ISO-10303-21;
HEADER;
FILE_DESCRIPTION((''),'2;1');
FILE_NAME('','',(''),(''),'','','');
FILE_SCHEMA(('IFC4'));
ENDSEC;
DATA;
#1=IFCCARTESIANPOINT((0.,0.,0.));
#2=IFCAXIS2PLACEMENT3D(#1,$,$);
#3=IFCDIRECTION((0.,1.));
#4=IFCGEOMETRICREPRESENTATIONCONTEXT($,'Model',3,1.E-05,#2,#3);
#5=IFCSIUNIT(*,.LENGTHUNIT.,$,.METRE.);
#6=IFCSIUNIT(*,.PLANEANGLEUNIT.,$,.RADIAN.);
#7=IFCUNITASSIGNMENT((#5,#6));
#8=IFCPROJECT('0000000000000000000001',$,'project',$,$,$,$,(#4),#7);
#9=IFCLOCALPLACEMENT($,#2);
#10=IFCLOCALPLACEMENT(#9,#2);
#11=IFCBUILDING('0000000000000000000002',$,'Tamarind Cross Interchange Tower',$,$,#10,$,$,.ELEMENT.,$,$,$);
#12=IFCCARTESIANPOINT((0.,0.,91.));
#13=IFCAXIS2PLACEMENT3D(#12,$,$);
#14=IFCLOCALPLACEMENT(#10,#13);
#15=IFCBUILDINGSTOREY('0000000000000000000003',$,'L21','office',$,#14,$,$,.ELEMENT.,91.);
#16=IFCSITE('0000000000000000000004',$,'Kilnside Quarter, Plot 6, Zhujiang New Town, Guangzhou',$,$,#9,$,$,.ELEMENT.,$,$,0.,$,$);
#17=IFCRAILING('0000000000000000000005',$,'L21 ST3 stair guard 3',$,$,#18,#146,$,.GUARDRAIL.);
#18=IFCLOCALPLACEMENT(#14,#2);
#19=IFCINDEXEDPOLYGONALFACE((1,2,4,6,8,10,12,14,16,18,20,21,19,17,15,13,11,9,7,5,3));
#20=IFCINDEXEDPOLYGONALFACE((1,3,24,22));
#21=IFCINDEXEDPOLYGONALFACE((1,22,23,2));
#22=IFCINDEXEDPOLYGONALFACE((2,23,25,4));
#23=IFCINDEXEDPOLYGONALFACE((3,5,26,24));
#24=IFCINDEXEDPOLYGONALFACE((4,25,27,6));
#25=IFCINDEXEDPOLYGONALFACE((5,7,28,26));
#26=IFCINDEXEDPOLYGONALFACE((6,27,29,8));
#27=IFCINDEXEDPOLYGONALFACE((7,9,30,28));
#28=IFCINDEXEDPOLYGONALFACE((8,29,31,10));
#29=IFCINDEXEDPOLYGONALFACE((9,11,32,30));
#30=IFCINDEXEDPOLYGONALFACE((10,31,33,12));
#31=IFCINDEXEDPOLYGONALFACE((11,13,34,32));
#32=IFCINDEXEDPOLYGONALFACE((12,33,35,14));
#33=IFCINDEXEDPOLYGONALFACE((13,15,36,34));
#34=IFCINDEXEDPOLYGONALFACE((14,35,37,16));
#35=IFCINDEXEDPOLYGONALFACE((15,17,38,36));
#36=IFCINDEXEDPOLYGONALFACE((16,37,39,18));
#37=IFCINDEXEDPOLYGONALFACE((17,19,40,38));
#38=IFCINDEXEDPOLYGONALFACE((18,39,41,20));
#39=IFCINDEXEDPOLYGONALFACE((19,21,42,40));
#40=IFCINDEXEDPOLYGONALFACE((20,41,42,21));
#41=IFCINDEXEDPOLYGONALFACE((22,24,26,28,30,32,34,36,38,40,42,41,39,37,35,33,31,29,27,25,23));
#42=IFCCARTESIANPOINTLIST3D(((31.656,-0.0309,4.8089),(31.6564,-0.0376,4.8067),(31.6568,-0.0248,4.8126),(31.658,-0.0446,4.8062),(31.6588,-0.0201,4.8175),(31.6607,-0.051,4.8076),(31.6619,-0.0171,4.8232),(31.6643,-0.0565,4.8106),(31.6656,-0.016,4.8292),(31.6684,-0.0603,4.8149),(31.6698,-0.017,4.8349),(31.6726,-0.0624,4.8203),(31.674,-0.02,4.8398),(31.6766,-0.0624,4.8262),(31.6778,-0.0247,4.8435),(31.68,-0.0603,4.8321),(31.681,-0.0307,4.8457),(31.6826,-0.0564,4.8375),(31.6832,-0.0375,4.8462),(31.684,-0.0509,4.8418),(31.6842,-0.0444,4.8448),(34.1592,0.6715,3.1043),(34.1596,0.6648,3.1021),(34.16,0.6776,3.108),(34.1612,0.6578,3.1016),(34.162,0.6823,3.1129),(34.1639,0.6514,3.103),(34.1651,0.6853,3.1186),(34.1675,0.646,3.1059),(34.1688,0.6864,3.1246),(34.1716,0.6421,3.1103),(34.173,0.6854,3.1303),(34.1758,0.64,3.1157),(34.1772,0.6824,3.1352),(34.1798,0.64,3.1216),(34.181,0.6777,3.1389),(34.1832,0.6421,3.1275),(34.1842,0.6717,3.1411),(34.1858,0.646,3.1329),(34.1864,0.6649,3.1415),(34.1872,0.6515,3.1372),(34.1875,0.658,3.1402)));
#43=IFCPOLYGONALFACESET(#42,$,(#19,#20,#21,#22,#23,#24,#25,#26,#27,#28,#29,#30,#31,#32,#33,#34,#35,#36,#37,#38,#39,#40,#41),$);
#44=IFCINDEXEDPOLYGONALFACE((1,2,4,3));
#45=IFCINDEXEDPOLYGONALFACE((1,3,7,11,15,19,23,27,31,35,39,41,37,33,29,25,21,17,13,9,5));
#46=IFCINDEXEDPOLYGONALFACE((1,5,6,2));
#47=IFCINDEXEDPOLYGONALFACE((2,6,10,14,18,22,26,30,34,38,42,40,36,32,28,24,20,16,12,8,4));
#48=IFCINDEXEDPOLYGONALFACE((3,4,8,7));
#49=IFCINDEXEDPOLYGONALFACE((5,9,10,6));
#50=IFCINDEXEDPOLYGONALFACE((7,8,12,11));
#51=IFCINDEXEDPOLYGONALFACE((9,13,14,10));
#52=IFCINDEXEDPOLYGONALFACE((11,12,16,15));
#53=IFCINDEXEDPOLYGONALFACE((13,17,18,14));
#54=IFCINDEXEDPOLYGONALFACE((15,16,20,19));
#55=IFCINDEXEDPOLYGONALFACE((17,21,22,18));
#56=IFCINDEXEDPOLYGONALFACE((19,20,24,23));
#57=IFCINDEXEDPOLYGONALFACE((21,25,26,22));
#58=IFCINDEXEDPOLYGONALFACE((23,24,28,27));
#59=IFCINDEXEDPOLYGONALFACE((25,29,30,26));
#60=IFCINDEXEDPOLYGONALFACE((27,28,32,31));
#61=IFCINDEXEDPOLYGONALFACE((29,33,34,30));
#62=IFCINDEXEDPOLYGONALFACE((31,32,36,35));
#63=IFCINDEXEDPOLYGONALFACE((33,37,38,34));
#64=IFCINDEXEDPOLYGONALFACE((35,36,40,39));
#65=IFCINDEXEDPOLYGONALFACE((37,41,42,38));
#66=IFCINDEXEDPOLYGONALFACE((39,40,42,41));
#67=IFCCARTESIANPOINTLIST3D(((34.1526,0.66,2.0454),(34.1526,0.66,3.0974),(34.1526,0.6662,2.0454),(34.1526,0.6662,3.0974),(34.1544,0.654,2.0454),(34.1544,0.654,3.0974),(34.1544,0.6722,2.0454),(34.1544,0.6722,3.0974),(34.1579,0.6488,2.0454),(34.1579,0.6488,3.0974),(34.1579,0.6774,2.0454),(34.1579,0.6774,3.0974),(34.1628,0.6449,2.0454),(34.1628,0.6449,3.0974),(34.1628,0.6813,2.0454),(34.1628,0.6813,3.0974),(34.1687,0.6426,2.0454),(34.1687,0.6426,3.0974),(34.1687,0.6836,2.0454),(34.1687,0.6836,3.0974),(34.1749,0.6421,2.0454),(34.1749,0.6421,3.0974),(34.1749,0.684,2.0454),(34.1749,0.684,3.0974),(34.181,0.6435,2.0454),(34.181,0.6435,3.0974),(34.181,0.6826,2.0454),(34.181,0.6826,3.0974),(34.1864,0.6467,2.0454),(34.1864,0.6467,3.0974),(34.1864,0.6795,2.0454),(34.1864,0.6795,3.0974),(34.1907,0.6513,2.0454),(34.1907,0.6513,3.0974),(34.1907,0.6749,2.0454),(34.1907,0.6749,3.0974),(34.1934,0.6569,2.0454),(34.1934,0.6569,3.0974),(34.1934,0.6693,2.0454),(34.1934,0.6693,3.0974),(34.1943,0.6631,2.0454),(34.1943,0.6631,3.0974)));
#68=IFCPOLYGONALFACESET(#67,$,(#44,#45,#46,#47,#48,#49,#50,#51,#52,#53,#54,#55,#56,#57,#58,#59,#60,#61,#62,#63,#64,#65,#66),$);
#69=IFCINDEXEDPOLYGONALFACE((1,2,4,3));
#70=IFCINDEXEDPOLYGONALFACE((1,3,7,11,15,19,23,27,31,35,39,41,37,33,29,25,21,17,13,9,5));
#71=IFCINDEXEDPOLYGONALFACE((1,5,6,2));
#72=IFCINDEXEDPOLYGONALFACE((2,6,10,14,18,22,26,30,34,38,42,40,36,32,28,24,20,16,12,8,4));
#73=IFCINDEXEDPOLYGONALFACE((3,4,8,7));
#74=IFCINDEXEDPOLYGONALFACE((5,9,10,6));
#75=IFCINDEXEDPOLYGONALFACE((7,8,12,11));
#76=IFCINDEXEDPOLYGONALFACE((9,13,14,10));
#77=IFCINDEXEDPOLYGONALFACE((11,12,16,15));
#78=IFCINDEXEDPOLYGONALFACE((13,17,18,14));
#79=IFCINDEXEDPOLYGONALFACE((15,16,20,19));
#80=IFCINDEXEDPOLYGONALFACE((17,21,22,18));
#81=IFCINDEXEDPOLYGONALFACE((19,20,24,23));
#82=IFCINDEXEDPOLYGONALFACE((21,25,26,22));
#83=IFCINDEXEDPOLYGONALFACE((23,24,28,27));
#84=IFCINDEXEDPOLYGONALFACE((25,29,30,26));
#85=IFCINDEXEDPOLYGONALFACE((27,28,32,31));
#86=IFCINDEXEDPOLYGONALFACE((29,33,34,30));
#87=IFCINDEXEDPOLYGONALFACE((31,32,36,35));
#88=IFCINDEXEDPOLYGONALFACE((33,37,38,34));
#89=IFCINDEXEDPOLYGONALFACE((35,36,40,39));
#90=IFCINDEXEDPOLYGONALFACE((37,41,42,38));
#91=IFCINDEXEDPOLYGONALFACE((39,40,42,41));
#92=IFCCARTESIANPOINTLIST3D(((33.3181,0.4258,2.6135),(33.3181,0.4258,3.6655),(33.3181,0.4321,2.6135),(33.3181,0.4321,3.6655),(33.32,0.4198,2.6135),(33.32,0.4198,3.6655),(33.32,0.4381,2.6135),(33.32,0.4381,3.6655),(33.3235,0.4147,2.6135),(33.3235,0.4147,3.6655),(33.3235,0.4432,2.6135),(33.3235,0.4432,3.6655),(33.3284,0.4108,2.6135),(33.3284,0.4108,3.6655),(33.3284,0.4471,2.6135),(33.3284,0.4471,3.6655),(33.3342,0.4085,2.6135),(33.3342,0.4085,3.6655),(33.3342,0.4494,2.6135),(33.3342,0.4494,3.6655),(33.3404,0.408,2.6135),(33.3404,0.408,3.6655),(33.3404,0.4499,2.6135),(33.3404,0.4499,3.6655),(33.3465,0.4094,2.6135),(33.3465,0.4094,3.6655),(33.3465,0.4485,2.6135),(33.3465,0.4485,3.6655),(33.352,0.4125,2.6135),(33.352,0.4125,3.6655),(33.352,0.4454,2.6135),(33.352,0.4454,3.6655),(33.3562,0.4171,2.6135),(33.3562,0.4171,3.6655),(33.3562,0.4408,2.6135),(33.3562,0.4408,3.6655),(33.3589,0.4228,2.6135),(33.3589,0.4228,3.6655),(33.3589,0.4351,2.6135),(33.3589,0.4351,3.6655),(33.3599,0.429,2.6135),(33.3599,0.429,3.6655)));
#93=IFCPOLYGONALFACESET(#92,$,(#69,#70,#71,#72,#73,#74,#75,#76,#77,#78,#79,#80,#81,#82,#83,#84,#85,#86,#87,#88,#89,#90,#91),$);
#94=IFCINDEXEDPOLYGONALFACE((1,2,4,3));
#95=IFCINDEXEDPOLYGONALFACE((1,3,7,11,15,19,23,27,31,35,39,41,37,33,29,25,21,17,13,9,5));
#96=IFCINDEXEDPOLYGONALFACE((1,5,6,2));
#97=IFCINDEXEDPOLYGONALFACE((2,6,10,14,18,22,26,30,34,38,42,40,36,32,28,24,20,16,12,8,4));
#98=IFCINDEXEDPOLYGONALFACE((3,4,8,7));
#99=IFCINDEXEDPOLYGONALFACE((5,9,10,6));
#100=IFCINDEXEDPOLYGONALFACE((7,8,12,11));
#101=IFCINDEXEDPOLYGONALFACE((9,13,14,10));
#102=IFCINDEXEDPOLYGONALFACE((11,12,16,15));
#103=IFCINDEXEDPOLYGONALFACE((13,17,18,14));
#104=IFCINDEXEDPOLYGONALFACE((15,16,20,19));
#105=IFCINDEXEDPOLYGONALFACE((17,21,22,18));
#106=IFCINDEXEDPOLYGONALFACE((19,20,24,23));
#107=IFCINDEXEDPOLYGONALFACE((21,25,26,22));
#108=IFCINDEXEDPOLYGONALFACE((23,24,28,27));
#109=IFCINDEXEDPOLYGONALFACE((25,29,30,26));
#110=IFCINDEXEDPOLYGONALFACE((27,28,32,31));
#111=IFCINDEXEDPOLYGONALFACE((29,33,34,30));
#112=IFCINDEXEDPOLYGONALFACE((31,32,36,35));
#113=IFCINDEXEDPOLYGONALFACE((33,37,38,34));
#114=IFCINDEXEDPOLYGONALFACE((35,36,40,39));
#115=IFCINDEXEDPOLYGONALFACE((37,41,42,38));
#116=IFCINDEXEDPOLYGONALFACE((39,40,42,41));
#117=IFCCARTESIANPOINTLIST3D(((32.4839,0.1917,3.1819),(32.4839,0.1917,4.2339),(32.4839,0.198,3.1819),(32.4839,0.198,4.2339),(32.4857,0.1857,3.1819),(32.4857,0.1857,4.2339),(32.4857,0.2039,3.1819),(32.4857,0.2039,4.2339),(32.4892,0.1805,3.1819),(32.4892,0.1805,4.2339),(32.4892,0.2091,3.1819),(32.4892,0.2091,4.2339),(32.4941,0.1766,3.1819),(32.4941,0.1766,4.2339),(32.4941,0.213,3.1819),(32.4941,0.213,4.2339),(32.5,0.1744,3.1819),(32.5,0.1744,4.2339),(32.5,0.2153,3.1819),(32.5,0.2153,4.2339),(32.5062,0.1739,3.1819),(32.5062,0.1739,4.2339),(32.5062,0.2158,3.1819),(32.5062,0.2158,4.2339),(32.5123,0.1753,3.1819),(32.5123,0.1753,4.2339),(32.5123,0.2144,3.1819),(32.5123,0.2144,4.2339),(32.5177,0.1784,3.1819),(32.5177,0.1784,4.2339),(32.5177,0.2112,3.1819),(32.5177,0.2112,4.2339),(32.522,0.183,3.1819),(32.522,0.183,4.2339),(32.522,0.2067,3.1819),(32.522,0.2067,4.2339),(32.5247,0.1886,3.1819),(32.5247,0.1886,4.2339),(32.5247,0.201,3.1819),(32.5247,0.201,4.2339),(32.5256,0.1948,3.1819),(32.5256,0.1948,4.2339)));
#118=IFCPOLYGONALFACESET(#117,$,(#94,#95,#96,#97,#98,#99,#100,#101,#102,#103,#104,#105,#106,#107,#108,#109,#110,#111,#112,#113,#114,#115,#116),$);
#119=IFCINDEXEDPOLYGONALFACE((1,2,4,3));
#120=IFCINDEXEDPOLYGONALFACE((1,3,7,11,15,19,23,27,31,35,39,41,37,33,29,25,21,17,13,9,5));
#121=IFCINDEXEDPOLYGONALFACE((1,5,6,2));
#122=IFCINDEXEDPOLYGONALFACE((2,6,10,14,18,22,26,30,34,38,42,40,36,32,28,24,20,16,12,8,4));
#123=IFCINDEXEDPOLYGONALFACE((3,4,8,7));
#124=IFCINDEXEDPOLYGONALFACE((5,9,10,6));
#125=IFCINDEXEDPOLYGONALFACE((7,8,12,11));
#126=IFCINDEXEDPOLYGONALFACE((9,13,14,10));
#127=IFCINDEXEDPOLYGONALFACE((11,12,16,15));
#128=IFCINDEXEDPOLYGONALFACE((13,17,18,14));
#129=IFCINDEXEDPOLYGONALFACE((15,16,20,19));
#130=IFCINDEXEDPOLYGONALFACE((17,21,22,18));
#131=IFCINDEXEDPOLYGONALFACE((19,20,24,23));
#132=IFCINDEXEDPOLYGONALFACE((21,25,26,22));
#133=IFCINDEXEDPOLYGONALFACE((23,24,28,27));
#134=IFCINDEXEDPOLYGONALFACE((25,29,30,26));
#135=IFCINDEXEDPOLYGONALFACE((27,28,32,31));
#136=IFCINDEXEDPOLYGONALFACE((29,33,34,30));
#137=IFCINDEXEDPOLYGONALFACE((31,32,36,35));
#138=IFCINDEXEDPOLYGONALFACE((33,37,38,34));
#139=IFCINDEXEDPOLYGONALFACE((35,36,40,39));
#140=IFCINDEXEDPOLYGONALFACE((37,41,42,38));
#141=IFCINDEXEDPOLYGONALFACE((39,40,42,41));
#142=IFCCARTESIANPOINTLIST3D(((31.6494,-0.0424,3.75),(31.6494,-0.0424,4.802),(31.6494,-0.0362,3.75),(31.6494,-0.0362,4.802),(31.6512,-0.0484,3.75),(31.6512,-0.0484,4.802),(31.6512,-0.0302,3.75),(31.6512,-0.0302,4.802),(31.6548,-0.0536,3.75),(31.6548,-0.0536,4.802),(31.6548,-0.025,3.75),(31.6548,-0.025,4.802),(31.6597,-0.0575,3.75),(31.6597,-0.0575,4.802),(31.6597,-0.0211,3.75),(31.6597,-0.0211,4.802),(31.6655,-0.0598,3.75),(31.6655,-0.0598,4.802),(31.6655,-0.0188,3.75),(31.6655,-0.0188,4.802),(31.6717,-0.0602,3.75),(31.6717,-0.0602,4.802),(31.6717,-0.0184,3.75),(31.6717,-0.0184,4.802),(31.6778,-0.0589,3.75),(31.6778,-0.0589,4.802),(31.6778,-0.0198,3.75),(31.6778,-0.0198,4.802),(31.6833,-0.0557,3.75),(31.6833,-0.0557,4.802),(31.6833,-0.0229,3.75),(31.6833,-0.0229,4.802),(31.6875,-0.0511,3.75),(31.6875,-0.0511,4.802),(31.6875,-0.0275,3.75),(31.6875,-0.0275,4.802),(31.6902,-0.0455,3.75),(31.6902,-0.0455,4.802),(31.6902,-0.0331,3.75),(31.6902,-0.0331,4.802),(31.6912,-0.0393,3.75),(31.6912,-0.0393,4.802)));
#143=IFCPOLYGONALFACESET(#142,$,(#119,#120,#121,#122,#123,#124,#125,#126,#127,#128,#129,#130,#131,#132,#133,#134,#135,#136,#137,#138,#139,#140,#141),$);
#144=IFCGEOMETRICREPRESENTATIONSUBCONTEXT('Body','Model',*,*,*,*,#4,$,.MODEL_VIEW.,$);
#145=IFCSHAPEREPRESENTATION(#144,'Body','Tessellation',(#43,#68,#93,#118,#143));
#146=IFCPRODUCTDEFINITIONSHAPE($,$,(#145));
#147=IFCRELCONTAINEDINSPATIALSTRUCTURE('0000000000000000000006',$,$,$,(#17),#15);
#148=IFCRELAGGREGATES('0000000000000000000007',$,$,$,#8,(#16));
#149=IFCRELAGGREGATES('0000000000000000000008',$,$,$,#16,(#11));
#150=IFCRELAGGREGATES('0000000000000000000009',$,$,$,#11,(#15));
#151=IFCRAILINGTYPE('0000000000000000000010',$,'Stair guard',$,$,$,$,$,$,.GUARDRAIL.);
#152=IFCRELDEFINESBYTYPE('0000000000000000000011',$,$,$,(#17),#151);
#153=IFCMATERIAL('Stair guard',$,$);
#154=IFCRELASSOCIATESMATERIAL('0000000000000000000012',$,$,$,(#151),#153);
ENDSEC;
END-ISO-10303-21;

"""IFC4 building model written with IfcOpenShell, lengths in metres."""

from ifc_helpers import new_model, si_unit, direction, frame, origin, origin_2d, place, context, subcontext, project, spatial, circle, extrude, material, type_object, element, save


model = new_model("IFC4")

# Units and contexts
model_context = context("Model", 3, precision=1e-05, world=origin(), true_north=direction((0.0, 1.0)))
body_context = subcontext(model_context, "Body", "Model", "MODEL_VIEW")
ifc_project = project(units=[si_unit("LENGTHUNIT", "METRE"), si_unit("PLANEANGLEUNIT", "RADIAN")], contexts=[model_context])

# Site, building, storey
site_placement = place(None, origin())
site = spatial("IfcSite", under=ifc_project, at=site_placement, Name="Kilnside Quarter, Plot 6, Zhujiang New Town, Guangzhou", CompositionType="ELEMENT", RefElevation=0.0)
building_placement = place(site_placement, origin())
building = spatial("IfcBuilding", under=site, at=building_placement, Name="Tamarind Cross Interchange Tower", CompositionType="ELEMENT")
storey_placement = place(building_placement, frame((0.0, 0.0, 91.0)))
storey = spatial("IfcBuildingStorey", under=building, at=storey_placement, Name="L21", Description="office", CompositionType="ELEMENT", Elevation=91.0)

# Railing
ifc_material_1 = material(Name="Stair guard")
railing_type_1 = type_object("IfcRailingType", Name="Stair guard", PredefinedType="GUARDRAIL", material=ifc_material_1)
railing_1_placement = place(storey_placement, frame((34.1733, 0.6631, 2.0454)))
element("IfcRailing", 1, at=railing_1_placement, inside=storey, type_object=railing_type_1, Name="L21 ST3 stair guard 3", PredefinedType="GUARDRAIL", context=body_context, shape_type="SweptSolid", body=[
    extrude(circle(Radius=0.0239, at=origin_2d()), frame((0.0, 0.0, 1.0762), z_axis=(-0.80518, -0.225934, 0.548305), x_axis=(0.270166, -0.962814, 0.0)), (0.0, 0.0, 1.0), 3.1089),
    extrude(circle(Radius=0.021, at=origin_2d()), origin(), (0.0, 0.0, 1.0), 1.052),
    extrude(circle(Radius=0.021, at=origin_2d()), frame((-0.8345, -0.2341, 0.5681)), (0.0, 0.0, 1.0), 1.052),
    extrude(circle(Radius=0.021, at=origin_2d()), frame((-1.6687, -0.4683, 1.1365)), (0.0, 0.0, 1.0), 1.052),
    extrude(circle(Radius=0.021, at=origin_2d()), frame((-2.5032, -0.7024, 1.7046)), (0.0, 0.0, 1.0), 1.052),
])

save(model, "model.ifc")
